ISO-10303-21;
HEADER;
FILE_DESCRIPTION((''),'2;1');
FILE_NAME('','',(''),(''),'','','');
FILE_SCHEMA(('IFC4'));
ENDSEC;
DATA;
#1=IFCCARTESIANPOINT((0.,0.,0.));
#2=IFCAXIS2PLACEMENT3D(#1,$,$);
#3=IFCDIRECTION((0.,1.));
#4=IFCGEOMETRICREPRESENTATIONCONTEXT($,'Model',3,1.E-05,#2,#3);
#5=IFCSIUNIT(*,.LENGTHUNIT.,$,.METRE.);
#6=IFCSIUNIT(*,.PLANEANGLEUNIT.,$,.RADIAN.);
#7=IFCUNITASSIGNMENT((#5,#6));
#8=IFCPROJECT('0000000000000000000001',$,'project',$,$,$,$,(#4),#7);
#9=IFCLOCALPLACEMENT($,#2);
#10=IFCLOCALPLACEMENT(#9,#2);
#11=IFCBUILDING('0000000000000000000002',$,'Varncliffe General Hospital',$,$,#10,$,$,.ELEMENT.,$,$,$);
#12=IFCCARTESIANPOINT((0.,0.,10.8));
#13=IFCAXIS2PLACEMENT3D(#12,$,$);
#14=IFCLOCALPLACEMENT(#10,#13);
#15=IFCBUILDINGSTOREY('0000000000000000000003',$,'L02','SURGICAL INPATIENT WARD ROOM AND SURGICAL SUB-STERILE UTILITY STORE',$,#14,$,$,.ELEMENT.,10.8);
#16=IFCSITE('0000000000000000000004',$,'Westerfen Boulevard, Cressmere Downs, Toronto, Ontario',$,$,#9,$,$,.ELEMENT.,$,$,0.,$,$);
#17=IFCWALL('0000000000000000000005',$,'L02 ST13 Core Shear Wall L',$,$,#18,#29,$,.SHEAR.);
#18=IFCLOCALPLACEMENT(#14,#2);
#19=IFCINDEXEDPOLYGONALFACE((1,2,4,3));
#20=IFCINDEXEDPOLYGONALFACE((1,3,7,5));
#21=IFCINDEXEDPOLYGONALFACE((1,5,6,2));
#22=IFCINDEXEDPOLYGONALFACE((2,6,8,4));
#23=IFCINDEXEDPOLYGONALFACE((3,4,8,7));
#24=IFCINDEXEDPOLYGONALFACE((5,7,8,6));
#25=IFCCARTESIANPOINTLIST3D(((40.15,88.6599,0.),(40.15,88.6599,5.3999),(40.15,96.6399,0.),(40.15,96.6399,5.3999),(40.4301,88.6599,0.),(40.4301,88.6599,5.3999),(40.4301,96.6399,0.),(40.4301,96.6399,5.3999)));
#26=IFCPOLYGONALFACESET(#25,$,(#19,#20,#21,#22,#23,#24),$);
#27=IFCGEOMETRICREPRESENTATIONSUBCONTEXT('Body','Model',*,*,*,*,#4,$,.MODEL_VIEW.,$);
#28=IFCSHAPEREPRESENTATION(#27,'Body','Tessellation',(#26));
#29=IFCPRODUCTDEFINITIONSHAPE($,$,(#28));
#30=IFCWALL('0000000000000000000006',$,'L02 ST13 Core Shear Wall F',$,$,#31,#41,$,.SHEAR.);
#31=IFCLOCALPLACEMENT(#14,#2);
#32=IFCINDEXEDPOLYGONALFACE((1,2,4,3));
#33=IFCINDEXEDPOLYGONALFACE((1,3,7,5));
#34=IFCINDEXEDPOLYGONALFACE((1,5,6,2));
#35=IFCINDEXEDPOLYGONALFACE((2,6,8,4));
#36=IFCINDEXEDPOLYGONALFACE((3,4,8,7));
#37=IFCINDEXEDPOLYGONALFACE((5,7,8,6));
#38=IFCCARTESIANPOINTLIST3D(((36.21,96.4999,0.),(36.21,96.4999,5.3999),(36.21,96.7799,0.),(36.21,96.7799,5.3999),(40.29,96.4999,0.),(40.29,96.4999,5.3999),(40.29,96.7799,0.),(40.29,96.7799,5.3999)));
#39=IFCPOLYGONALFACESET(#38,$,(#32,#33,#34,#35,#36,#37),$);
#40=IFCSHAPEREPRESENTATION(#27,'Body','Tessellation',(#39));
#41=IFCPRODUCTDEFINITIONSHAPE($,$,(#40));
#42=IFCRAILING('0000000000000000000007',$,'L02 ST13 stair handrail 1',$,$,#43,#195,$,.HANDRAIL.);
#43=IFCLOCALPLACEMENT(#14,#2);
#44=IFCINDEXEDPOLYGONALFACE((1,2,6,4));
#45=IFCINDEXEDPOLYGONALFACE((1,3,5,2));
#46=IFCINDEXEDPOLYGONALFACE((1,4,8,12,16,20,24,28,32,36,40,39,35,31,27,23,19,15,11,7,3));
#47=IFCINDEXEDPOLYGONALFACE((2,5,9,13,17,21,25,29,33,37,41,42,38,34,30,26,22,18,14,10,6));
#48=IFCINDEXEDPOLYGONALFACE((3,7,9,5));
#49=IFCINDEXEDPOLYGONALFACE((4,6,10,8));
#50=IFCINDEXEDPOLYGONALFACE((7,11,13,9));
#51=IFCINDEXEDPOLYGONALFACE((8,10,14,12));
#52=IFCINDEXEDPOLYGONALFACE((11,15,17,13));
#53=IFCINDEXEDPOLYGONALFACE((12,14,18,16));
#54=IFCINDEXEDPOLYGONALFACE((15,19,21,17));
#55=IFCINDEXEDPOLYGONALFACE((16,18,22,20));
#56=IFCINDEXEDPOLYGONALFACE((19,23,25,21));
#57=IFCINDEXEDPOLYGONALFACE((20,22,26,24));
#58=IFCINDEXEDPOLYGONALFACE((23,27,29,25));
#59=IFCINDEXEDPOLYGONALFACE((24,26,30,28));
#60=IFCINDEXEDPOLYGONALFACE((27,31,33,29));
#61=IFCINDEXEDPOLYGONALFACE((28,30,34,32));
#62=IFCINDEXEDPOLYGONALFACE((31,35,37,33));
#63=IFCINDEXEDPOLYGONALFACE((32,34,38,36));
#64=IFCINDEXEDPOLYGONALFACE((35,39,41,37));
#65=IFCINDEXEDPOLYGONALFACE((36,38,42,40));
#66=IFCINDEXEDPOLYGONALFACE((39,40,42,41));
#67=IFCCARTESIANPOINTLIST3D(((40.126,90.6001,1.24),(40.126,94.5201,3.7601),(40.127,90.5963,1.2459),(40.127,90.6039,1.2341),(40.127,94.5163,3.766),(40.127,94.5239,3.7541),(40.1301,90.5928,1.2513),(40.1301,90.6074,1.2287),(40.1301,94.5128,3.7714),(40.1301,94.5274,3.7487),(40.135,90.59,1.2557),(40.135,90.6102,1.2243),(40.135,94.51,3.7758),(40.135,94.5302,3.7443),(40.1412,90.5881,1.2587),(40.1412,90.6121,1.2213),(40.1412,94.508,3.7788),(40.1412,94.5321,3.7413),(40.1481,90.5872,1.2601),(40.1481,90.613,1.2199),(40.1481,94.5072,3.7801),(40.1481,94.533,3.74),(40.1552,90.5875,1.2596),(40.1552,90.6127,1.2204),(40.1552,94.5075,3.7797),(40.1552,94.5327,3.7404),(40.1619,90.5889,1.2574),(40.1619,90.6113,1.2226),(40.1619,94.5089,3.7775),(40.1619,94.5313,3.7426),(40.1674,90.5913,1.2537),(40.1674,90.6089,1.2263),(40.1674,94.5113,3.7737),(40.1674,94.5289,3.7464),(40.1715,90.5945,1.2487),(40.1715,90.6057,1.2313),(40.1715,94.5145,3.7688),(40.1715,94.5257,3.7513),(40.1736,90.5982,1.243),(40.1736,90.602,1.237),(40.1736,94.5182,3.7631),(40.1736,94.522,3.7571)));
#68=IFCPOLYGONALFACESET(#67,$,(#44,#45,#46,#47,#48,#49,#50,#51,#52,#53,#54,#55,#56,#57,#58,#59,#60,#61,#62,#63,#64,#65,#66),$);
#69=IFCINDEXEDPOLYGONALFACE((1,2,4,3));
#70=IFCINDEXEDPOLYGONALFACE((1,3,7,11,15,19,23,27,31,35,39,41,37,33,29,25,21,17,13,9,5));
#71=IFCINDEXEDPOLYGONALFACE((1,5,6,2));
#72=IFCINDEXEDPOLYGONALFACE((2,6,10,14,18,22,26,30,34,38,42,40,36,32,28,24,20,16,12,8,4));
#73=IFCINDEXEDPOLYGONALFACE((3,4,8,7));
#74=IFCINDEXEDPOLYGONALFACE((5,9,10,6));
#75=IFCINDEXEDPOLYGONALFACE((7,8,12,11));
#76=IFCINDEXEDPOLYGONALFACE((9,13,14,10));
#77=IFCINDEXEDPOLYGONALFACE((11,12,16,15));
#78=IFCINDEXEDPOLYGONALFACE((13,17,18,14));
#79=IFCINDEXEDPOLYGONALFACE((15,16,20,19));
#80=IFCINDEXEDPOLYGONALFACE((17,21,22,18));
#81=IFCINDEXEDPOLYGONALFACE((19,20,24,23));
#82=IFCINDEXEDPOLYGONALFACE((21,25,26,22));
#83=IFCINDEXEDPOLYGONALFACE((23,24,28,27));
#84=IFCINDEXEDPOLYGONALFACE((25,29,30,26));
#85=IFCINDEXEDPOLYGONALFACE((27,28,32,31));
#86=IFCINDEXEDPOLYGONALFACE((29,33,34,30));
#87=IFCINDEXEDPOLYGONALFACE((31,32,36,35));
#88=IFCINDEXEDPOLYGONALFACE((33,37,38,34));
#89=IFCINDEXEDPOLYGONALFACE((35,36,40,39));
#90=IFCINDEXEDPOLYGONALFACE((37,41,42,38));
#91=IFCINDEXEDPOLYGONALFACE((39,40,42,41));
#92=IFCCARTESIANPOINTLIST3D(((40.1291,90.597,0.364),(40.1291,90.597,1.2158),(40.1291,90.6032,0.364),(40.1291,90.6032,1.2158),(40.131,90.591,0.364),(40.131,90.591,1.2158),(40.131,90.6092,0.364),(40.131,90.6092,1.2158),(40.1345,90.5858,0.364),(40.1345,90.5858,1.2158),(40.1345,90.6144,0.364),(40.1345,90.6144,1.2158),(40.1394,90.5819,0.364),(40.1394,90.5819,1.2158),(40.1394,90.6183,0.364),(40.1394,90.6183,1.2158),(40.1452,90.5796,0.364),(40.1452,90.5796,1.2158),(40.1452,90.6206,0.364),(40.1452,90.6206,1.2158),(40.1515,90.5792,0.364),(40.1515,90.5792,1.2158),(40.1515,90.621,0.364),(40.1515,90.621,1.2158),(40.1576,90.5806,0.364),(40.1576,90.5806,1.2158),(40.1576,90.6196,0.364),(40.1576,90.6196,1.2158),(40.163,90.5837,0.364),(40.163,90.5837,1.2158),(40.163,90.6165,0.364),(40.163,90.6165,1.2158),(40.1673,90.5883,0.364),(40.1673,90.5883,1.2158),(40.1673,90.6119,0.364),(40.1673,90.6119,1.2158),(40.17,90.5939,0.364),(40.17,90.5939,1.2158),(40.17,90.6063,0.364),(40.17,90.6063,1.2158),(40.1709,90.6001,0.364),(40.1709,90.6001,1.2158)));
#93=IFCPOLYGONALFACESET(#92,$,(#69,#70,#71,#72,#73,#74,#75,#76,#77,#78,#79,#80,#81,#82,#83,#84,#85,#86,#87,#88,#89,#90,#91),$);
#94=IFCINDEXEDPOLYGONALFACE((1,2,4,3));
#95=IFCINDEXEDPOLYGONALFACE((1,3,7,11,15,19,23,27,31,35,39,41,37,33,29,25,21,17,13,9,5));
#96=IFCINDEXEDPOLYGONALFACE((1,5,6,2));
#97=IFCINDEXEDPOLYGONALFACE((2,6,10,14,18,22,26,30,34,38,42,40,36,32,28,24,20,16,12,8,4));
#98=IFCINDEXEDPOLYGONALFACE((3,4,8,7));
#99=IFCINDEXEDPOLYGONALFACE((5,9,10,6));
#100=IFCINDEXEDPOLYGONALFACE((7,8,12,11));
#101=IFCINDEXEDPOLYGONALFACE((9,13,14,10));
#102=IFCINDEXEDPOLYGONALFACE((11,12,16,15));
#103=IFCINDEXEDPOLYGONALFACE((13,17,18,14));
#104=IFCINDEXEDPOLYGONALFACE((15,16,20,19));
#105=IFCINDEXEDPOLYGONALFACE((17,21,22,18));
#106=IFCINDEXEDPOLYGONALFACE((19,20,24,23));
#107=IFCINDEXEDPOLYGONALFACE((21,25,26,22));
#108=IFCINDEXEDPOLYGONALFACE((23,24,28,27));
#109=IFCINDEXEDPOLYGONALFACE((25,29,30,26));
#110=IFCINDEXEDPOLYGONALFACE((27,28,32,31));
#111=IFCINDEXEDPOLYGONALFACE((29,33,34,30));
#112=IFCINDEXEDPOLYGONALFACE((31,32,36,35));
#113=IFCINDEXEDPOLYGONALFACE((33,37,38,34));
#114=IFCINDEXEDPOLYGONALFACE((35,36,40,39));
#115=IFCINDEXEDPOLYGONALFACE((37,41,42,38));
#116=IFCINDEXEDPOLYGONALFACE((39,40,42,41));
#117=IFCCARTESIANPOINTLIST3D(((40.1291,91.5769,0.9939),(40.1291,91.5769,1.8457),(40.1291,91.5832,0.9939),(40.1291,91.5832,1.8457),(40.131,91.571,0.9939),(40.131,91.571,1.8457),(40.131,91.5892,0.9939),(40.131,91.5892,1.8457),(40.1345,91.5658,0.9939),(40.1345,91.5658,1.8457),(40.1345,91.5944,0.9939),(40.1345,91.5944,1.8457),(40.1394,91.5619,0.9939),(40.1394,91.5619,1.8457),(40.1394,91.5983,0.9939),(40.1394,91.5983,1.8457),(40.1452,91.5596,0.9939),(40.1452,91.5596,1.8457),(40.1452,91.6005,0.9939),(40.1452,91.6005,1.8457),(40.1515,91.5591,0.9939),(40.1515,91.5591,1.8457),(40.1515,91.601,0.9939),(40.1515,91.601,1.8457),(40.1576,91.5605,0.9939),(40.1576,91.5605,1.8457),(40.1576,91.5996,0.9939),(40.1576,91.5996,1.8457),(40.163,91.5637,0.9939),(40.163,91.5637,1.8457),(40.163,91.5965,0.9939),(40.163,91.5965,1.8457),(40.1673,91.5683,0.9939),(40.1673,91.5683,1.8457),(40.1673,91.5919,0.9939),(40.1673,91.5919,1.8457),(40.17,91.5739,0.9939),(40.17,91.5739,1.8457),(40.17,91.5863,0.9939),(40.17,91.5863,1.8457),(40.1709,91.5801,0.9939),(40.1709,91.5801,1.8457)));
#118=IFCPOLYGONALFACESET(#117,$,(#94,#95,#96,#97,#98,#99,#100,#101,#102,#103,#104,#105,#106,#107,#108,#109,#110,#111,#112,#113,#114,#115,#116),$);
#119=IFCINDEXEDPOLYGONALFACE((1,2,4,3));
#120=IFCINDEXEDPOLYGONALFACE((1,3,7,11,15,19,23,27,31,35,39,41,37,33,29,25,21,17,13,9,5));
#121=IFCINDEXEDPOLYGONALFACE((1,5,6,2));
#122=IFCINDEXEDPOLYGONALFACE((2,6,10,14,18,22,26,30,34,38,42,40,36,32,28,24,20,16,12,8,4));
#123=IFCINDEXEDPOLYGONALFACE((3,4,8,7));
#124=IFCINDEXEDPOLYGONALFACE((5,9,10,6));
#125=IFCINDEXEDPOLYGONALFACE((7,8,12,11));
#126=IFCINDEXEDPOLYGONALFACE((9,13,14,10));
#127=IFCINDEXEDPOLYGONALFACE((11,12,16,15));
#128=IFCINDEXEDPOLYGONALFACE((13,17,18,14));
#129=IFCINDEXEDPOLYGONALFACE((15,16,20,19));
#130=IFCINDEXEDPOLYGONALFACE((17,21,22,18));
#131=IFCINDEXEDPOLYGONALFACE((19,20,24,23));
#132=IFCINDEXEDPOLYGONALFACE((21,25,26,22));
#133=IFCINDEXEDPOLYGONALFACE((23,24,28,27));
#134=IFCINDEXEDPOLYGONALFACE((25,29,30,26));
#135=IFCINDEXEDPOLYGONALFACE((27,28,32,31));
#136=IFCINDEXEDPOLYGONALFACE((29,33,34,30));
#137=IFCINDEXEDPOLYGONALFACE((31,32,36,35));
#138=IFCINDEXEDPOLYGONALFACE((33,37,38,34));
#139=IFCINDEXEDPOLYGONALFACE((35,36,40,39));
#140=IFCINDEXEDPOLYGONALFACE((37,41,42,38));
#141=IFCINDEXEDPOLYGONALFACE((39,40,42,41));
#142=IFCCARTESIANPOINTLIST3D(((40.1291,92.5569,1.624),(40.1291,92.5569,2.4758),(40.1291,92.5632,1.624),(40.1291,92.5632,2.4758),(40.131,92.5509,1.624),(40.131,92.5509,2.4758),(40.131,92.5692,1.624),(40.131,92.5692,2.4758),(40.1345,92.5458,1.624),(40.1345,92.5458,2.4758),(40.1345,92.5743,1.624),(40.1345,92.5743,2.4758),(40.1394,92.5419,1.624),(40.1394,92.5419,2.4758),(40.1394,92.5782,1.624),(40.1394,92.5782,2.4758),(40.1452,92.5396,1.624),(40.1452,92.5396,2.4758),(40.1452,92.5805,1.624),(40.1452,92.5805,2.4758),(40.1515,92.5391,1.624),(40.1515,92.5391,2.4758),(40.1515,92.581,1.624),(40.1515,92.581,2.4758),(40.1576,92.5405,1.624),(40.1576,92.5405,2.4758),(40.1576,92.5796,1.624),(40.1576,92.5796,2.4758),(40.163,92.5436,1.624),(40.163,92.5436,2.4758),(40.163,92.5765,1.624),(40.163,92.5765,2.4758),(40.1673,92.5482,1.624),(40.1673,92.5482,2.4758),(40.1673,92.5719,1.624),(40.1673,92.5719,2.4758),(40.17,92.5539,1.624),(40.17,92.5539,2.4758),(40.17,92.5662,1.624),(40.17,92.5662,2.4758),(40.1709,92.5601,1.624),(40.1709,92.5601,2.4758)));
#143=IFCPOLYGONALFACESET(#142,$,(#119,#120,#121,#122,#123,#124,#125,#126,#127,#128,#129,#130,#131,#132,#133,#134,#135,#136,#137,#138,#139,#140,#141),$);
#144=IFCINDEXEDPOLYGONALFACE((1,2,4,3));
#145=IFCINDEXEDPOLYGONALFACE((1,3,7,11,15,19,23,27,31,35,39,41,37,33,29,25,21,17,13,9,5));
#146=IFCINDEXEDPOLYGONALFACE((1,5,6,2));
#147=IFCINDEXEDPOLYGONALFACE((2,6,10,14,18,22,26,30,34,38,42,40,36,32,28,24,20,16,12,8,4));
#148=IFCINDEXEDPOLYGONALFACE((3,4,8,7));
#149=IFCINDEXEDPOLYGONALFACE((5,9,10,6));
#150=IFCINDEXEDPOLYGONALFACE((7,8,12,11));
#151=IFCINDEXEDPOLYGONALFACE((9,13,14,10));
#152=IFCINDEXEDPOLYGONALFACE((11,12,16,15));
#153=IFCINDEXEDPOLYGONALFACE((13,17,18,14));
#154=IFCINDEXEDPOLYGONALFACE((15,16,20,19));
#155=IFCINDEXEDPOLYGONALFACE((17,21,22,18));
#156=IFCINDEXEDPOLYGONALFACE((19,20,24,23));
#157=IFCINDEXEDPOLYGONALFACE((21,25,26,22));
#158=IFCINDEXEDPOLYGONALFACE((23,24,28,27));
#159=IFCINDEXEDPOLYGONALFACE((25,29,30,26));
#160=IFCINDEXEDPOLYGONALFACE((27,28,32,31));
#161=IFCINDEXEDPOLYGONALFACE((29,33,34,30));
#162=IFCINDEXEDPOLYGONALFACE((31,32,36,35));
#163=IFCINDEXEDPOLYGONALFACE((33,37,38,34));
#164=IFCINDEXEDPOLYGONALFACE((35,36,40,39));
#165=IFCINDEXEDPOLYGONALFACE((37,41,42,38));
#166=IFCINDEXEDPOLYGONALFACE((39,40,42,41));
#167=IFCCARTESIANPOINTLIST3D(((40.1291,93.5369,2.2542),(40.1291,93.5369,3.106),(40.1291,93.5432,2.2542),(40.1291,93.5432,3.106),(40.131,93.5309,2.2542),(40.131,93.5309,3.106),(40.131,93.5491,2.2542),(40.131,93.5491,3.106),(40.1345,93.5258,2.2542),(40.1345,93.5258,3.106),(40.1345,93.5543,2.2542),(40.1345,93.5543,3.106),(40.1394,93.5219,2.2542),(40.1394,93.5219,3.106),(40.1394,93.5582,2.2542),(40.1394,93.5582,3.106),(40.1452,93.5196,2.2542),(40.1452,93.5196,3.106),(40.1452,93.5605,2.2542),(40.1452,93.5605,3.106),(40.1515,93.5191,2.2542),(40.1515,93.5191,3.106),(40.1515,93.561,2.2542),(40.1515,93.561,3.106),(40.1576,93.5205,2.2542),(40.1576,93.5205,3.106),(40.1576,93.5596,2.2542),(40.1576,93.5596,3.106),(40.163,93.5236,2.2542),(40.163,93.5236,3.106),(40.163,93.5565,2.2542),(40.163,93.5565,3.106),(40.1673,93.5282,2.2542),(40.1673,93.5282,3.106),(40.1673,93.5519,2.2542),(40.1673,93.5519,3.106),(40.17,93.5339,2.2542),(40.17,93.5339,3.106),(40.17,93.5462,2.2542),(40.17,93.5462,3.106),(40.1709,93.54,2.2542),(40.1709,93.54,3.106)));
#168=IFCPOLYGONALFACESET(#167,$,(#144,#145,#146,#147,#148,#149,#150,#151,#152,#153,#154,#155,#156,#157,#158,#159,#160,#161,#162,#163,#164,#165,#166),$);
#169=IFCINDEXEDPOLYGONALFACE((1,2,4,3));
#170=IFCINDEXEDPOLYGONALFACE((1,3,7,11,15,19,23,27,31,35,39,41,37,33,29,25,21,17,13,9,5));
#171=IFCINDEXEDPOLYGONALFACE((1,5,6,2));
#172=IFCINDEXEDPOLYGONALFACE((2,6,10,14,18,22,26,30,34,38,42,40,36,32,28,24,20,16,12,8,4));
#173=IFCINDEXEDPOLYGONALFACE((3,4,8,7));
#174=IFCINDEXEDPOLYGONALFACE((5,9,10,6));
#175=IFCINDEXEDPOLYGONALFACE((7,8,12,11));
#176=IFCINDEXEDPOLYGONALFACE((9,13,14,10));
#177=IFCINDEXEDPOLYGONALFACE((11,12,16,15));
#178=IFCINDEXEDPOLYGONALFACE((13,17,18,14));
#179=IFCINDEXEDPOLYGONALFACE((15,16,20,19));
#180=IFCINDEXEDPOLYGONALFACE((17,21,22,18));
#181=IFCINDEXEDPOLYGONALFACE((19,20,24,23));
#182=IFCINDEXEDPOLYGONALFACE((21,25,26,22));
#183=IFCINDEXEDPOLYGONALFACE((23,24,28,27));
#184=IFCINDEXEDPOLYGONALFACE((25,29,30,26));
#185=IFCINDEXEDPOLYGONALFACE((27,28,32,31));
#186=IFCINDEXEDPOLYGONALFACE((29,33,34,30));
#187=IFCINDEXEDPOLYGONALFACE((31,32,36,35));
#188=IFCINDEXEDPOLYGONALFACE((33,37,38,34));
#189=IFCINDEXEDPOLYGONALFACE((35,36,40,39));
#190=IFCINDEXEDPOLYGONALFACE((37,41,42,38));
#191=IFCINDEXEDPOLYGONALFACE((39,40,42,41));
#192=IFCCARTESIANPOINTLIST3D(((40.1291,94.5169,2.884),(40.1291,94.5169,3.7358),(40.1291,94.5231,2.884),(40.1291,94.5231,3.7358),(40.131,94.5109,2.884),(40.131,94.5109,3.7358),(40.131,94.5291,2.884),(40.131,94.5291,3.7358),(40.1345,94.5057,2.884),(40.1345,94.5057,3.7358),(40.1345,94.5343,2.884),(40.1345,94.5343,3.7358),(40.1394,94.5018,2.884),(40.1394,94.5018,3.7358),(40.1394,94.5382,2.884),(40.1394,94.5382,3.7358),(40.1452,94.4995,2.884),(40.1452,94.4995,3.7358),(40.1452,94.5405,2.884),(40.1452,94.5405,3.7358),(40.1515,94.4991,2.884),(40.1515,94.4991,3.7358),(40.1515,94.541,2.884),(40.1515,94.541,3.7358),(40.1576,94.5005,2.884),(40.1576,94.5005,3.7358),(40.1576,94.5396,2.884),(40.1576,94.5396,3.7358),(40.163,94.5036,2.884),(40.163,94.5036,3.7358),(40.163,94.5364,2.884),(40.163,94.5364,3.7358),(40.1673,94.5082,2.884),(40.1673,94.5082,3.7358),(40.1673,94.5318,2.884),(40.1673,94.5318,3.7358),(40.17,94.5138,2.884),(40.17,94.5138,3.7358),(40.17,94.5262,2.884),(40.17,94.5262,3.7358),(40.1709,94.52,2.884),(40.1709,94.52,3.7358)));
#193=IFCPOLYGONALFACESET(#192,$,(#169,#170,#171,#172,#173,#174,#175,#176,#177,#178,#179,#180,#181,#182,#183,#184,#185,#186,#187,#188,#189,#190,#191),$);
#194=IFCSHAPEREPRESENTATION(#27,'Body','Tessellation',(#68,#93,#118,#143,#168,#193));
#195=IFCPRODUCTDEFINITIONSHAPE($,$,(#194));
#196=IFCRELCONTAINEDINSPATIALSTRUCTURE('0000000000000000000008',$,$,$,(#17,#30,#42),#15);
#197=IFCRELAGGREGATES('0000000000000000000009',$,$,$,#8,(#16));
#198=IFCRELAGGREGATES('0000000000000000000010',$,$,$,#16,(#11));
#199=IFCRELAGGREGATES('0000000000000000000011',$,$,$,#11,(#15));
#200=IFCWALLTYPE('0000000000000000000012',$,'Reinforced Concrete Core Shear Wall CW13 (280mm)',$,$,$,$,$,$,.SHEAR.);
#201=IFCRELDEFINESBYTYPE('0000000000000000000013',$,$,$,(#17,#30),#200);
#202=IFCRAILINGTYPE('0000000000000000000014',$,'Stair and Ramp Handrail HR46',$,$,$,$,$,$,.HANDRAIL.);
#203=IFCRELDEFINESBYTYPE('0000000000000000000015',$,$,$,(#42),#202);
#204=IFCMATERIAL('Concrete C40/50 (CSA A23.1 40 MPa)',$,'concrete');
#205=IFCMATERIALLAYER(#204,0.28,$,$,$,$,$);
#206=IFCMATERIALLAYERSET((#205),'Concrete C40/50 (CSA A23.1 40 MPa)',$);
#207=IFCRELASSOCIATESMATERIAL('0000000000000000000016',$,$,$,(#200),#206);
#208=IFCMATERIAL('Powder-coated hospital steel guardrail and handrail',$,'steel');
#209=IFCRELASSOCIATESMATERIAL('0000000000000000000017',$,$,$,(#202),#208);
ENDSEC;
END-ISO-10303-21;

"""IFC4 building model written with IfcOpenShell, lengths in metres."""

from ifc_helpers import new_model, si_unit, direction, frame, frame_2d, origin, origin_2d, place, context, subcontext, project, spatial, rectangle, circle, extrude, material, layer, layer_set, type_object, element, save


model = new_model("IFC4")

# Units and contexts
model_context = context("Model", 3, precision=1e-05, world=origin(), true_north=direction((0.0, 1.0)))
body_context = subcontext(model_context, "Body", "Model", "MODEL_VIEW")
ifc_project = project(units=[si_unit("LENGTHUNIT", "METRE"), si_unit("PLANEANGLEUNIT", "RADIAN")], contexts=[model_context])

# Site, building, storey
site_placement = place(None, origin())
site = spatial("IfcSite", under=ifc_project, at=site_placement, Name="Westerfen Boulevard, Cressmere Downs, Toronto, Ontario", CompositionType="ELEMENT", RefElevation=0.0)
building_placement = place(site_placement, origin())
building = spatial("IfcBuilding", under=site, at=building_placement, Name="Varncliffe General Hospital", CompositionType="ELEMENT")
storey_placement = place(building_placement, frame((0.0, 0.0, 10.8)))
storey = spatial("IfcBuildingStorey", under=building, at=storey_placement, Name="L02", Description="SURGICAL INPATIENT WARD ROOM AND SURGICAL SUB-STERILE UTILITY STORE", CompositionType="ELEMENT", Elevation=10.8)

# Shared definitions
ifc_material_1 = material(Name="Concrete C40/50 (CSA A23.1 40 MPa)", Category="concrete")

# Walls
ifc_layer_1 = layer(ifc_material_1, 0.28)
ifc_layer_set_1 = layer_set([ifc_layer_1], Name="Concrete C40/50 (CSA A23.1 40 MPa)")
wall_type_1 = type_object("IfcWallType", Name="Reinforced Concrete Core Shear Wall CW13 (280mm)", PredefinedType="SHEAR", material=ifc_layer_set_1)
wall_1_placement = place(storey_placement, frame((40.29, 88.6599, 0.0), z_axis=(0.0, 0.0, 1.0), x_axis=(0.0, 1.0, 0.0)))
element("IfcWall", 1, at=wall_1_placement, inside=storey, type_object=wall_type_1, Name="L02 ST13 Core Shear Wall L", PredefinedType="SHEAR", context=body_context, shape_type="SweptSolid", body=[
    extrude(rectangle(XDim=7.98, YDim=0.28, at=frame_2d((3.99, 0.0))), origin(), (0.0, 0.0, 1.0), 5.3999),
])
wall_2_placement = place(storey_placement, frame((40.29, 96.6399, 0.0), z_axis=(0.0, 0.0, 1.0), x_axis=(-1.0, 0.0, 0.0)))
element("IfcWall", 2, at=wall_2_placement, inside=storey, type_object=wall_type_1, Name="L02 ST13 Core Shear Wall F", PredefinedType="SHEAR", context=body_context, shape_type="SweptSolid", body=[
    extrude(rectangle(XDim=4.0801, YDim=0.28, at=frame_2d((2.04, 0.0))), origin(), (0.0, 0.0, 1.0), 5.3999),
])

# Railing
ifc_material_2 = material(Name="Powder-coated hospital steel guardrail and handrail", Category="steel")
railing_type = type_object("IfcRailingType", Name="Stair and Ramp Handrail HR46", PredefinedType="HANDRAIL", material=ifc_material_2)
railing_placement = place(storey_placement, frame((40.1499, 90.6001, 0.364)))
element("IfcRailing", 3, at=railing_placement, inside=storey, type_object=railing_type, Name="L02 ST13 stair handrail 1", PredefinedType="HANDRAIL", context=body_context, shape_type="SweptSolid", body=[
    extrude(circle(Radius=0.0239, at=origin_2d()), frame((0.0, 0.0, 0.876), z_axis=(0.0, 0.841172, 0.540768), x_axis=(-1.0, 0.0, 0.0)), (0.0, 0.0, 1.0), 4.6602),
    extrude(circle(Radius=0.021, at=origin_2d()), origin(), (0.0, 0.0, 1.0), 0.8518),
    extrude(circle(Radius=0.021, at=origin_2d()), frame((0.0, 0.98, 0.6299)), (0.0, 0.0, 1.0), 0.8518),
    extrude(circle(Radius=0.021, at=origin_2d()), frame((0.0, 1.96, 1.26)), (0.0, 0.0, 1.0), 0.8518),
    extrude(circle(Radius=0.021, at=origin_2d()), frame((0.0, 2.9399, 1.8901)), (0.0, 0.0, 1.0), 0.8518),
    extrude(circle(Radius=0.021, at=origin_2d()), frame((0.0, 3.9199, 2.52)), (0.0, 0.0, 1.0), 0.8518),
])

save(model, "model.ifc")
